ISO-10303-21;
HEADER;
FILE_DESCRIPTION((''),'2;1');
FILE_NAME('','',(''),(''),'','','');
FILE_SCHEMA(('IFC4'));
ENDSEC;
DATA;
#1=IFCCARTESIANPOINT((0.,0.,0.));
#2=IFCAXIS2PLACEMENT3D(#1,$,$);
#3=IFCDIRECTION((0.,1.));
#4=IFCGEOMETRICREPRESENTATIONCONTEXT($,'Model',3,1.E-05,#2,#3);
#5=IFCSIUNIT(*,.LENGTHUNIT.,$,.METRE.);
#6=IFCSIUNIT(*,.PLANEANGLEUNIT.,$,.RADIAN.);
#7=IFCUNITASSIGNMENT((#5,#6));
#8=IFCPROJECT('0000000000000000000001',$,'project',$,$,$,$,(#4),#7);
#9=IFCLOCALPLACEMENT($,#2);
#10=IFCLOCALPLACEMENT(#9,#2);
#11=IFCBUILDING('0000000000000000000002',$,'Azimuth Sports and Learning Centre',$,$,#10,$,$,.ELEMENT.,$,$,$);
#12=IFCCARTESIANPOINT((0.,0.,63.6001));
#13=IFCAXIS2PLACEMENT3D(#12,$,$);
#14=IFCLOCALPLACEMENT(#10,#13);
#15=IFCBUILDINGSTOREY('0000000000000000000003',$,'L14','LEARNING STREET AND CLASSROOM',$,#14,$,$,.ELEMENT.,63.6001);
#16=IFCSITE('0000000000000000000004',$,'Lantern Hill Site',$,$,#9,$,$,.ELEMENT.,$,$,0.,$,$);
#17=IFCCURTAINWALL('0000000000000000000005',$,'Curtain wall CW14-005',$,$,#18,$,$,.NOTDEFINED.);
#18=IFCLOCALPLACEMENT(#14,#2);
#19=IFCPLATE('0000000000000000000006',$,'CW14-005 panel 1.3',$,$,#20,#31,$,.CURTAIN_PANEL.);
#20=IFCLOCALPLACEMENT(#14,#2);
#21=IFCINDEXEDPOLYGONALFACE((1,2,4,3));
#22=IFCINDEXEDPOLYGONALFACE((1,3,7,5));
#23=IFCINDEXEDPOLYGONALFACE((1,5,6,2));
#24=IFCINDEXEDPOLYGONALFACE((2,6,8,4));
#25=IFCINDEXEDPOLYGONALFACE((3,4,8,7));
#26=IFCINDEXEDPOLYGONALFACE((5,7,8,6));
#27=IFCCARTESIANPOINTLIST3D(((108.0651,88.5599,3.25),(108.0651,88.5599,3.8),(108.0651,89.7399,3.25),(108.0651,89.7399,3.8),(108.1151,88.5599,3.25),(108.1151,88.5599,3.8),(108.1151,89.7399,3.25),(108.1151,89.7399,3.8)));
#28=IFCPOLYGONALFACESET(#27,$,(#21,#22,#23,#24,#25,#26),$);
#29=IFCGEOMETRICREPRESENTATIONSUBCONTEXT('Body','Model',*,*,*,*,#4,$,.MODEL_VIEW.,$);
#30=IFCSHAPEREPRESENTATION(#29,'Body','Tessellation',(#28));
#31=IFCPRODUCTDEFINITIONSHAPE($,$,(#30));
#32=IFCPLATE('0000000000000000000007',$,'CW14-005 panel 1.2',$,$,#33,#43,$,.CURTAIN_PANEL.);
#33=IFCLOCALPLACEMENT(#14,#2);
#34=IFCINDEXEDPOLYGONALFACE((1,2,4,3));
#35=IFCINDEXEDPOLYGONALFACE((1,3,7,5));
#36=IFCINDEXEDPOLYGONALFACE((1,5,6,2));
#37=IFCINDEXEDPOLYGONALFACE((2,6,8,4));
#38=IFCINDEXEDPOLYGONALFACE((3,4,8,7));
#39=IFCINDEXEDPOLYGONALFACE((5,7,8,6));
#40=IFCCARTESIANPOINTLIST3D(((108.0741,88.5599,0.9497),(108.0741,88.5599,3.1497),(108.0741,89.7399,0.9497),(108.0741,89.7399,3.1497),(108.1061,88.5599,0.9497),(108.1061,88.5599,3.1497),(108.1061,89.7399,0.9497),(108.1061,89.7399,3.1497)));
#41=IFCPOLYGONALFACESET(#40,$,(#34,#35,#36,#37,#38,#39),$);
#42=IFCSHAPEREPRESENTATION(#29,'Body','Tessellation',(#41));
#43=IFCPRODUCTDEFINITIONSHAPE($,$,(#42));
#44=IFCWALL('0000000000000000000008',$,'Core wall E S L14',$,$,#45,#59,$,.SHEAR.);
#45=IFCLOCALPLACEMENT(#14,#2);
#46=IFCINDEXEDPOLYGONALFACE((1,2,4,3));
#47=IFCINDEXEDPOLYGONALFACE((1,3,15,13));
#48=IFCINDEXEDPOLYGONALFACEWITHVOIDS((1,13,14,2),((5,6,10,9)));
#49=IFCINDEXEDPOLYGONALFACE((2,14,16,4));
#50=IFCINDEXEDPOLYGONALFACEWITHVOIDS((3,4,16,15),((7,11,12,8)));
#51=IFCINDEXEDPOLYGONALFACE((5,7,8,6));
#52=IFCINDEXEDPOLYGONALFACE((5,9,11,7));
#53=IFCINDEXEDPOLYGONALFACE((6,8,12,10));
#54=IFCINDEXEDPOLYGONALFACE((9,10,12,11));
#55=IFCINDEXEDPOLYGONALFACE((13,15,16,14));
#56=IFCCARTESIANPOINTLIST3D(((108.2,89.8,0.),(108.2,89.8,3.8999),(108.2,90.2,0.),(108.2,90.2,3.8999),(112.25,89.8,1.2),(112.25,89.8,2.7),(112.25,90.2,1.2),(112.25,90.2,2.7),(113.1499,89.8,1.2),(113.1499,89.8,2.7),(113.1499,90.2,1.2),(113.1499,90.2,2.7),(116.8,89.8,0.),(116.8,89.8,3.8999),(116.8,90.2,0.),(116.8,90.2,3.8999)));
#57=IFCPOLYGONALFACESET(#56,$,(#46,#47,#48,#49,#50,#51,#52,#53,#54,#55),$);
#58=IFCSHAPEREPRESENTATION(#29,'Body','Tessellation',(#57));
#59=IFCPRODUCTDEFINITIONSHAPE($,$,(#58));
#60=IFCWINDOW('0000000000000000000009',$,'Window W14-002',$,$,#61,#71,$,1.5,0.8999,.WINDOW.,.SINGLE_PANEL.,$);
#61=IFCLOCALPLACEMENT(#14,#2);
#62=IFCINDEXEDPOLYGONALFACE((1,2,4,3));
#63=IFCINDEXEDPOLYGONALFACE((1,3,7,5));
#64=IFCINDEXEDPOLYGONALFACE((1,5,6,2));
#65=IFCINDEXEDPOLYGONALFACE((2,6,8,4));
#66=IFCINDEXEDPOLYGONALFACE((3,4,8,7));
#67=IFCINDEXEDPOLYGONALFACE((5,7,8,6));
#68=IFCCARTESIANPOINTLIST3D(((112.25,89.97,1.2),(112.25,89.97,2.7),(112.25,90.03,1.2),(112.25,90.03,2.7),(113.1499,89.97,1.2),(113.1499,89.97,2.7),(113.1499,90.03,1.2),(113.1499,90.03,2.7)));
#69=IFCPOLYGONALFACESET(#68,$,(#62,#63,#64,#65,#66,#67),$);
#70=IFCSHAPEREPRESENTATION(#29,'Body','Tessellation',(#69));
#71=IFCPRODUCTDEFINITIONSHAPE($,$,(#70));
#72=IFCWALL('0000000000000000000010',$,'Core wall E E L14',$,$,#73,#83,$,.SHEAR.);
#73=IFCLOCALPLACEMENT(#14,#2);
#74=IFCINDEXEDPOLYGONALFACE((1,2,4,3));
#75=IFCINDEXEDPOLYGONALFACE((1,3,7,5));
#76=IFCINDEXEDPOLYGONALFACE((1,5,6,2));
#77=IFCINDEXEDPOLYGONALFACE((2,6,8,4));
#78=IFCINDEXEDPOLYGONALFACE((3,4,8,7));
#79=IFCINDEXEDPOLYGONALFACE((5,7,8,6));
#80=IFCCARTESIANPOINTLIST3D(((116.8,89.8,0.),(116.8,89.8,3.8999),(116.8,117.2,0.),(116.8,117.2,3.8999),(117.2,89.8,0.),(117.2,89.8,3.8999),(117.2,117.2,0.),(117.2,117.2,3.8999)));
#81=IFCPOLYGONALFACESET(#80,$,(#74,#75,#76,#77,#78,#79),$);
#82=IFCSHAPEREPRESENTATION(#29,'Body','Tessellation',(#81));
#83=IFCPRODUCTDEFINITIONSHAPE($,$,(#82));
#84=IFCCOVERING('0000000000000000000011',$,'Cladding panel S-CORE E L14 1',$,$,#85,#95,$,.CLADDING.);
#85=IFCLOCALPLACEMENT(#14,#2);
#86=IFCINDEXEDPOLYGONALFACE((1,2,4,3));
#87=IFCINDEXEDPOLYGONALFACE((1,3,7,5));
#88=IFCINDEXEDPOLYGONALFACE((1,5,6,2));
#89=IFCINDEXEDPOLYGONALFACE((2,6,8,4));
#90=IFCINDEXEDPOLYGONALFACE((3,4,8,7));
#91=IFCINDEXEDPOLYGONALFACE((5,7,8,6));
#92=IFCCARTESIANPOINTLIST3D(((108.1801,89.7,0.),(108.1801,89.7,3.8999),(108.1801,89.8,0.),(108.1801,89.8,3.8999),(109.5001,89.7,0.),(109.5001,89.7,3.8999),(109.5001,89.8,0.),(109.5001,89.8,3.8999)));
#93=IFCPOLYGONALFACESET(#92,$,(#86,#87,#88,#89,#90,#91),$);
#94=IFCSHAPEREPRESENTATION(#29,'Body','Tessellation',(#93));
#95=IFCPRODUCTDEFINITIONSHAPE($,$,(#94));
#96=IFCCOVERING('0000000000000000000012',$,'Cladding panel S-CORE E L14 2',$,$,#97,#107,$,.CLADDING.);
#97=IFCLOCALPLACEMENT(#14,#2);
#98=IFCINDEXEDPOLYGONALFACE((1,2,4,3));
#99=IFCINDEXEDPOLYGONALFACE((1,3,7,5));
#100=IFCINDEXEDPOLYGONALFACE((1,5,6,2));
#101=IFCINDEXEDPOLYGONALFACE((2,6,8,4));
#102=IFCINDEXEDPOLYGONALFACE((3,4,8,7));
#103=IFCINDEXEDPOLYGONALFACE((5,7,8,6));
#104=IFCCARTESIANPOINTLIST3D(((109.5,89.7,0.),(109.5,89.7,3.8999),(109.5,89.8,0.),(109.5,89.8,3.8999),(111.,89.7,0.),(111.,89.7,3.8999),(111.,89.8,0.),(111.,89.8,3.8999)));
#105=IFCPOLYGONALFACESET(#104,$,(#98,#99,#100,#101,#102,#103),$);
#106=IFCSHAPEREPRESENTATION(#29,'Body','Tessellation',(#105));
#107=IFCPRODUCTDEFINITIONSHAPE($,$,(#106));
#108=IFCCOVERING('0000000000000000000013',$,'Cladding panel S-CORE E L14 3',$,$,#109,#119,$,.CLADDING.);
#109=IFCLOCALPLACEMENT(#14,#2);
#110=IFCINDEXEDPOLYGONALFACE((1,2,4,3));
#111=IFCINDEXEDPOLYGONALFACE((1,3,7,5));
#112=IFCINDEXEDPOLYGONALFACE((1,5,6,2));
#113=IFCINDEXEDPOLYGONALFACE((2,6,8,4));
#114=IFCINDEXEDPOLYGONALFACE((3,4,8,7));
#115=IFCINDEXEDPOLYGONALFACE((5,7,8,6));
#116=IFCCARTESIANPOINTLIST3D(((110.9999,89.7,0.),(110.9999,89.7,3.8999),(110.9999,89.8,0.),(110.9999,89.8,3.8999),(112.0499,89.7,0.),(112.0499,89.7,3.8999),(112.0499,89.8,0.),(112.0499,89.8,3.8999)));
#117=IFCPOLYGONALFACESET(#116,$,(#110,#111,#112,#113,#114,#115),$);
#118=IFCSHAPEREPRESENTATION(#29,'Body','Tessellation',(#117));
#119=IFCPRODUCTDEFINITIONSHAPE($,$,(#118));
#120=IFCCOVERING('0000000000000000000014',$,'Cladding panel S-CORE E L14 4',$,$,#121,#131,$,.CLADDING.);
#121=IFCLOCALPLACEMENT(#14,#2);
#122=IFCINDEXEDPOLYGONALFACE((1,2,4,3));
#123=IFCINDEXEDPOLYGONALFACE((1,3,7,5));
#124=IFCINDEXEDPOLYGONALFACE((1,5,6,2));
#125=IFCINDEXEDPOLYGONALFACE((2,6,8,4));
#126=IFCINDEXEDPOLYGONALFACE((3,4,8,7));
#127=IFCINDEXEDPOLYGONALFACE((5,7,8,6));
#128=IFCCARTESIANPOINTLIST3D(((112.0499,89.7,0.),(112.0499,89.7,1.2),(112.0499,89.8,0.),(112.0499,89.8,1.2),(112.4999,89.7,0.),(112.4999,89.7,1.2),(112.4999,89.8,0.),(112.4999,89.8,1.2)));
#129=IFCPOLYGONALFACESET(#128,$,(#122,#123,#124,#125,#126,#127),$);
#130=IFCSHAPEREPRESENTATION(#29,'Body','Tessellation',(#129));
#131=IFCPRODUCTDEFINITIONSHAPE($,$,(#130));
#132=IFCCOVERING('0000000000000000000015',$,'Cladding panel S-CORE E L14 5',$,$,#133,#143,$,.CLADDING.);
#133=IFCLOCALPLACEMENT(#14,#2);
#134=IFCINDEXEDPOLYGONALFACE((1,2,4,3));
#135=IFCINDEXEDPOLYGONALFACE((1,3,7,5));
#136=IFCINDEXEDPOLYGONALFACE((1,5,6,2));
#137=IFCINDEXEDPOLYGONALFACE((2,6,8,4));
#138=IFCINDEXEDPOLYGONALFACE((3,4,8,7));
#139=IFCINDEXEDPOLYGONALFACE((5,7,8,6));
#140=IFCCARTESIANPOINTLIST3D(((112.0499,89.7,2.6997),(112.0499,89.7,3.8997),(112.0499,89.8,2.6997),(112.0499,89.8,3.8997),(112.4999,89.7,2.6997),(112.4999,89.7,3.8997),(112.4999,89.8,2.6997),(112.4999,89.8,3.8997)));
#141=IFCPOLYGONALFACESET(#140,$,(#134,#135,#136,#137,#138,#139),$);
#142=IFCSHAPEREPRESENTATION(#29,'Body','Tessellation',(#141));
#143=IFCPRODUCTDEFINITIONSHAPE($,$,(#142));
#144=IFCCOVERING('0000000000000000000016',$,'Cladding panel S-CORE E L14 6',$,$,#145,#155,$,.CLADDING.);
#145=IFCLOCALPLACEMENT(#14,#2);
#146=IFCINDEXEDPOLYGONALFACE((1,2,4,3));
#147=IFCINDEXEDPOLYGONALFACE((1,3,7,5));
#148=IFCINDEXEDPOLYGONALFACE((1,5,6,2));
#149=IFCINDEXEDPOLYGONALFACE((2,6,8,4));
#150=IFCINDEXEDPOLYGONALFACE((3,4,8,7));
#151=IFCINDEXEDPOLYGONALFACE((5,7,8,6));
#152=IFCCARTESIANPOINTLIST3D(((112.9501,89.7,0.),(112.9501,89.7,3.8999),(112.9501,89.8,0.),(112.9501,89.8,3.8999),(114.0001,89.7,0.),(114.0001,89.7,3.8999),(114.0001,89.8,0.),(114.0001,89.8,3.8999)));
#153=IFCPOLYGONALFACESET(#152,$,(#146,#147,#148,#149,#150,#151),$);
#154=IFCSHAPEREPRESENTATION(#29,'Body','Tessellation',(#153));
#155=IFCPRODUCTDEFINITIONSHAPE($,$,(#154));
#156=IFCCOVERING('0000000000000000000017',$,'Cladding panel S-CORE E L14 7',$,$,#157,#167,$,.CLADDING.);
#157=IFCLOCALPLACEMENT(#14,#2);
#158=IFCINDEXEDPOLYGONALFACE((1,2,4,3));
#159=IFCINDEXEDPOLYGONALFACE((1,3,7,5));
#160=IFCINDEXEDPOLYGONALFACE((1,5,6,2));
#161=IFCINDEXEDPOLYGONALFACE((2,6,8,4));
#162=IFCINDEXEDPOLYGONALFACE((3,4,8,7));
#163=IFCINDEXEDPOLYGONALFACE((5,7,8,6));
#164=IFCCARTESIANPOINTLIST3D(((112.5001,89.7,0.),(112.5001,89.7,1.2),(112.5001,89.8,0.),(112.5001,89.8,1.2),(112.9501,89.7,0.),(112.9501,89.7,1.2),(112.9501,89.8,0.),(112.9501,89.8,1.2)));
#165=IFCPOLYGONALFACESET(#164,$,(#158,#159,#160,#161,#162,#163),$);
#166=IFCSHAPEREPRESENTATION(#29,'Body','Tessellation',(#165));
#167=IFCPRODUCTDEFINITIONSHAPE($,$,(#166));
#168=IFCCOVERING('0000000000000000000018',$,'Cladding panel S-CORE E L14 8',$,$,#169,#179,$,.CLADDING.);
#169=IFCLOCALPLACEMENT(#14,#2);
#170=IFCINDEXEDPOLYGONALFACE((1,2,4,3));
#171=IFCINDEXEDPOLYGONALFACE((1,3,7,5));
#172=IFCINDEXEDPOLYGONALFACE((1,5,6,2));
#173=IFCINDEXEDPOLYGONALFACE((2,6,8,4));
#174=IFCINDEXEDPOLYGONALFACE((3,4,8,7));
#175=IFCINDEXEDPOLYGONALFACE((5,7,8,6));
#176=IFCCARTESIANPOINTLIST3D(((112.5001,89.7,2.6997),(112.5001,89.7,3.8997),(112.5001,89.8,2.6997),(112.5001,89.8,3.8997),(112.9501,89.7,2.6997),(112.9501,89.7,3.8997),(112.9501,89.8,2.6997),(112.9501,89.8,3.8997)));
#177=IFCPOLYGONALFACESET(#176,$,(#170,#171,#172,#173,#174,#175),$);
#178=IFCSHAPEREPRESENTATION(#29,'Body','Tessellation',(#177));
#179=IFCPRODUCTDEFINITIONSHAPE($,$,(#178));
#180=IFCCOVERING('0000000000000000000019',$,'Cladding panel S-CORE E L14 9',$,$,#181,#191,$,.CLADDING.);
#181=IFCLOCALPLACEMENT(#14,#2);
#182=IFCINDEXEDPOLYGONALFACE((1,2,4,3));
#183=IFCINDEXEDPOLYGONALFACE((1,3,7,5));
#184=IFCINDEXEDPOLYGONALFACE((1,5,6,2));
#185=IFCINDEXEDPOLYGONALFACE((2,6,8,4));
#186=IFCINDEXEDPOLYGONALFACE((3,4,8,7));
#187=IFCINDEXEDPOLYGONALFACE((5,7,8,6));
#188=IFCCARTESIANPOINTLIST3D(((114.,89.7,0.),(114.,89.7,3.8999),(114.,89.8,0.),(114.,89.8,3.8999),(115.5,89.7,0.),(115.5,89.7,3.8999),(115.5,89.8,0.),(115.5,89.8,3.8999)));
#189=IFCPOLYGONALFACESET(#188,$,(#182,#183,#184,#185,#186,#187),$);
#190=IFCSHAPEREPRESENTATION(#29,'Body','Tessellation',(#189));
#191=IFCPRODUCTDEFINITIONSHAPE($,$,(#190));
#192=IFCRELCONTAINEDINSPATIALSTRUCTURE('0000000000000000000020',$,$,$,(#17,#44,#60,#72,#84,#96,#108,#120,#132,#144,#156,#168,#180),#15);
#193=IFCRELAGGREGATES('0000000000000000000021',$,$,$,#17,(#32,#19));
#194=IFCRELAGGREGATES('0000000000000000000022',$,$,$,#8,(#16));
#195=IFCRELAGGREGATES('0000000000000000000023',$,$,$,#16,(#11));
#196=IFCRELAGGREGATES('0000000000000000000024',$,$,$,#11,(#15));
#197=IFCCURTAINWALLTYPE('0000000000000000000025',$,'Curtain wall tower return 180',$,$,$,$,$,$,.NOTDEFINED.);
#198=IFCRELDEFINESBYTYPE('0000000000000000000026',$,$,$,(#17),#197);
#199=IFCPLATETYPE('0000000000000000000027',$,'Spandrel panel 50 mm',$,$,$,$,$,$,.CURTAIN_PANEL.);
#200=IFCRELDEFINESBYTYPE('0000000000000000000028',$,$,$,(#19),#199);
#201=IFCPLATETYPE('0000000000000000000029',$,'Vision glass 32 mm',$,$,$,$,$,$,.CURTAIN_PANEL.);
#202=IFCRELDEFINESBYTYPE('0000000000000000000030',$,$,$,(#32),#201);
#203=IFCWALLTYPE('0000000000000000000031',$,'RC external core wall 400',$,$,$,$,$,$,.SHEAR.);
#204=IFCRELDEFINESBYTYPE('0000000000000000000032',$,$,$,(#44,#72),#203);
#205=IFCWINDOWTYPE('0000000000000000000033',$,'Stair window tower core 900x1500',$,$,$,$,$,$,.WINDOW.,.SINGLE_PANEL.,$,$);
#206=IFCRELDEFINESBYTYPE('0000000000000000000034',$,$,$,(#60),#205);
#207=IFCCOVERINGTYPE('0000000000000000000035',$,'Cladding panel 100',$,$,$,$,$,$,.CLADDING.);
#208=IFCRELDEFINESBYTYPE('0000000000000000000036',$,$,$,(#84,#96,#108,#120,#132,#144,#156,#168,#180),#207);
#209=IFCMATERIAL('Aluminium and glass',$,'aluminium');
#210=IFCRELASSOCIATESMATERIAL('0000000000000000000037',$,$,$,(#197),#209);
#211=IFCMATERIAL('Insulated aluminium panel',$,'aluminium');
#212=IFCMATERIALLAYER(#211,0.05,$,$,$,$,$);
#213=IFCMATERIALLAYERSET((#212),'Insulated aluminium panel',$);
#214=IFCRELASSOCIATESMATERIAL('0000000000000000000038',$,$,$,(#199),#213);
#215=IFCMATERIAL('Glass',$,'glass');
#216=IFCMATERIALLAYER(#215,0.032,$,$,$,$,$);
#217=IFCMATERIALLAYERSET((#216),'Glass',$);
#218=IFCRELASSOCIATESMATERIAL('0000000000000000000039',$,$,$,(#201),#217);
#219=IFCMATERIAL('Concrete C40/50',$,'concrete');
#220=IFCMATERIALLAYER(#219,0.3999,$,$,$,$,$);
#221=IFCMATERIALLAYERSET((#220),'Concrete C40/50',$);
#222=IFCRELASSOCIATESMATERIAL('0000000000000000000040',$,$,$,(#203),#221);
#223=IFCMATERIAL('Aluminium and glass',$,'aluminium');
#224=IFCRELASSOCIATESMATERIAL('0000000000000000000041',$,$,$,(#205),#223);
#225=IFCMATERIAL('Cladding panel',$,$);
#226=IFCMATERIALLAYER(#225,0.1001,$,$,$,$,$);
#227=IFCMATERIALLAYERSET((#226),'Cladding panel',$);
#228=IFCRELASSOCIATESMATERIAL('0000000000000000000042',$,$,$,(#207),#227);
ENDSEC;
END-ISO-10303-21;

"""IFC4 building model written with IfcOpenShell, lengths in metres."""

from ifc_helpers import new_model, si_unit, direction, frame, frame_2d, origin, origin_2d, place, context, subcontext, project, spatial, rectangle, extrude, material, layer, layer_set, type_object, element, fill, aggregate, save


model = new_model("IFC4")

# Units and contexts
model_context = context("Model", 3, precision=1e-05, world=origin(), true_north=direction((0.0, 1.0)))
body_context = subcontext(model_context, "Body", "Model", "MODEL_VIEW")
ifc_project = project(units=[si_unit("LENGTHUNIT", "METRE"), si_unit("PLANEANGLEUNIT", "RADIAN")], contexts=[model_context])

# Site, building, storey
site_placement = place(None, origin())
site = spatial("IfcSite", under=ifc_project, at=site_placement, Name="Lantern Hill Site", CompositionType="ELEMENT", RefElevation=0.0)
building_placement = place(site_placement, origin())
building = spatial("IfcBuilding", under=site, at=building_placement, Name="Azimuth Sports and Learning Centre", CompositionType="ELEMENT")
storey_placement = place(building_placement, frame((0.0, 0.0, 63.6001)))
storey = spatial("IfcBuildingStorey", under=building, at=storey_placement, Name="L14", Description="LEARNING STREET AND CLASSROOM", CompositionType="ELEMENT", Elevation=63.6001)

# Curtain wall, plates
ifc_material_1 = material(Name="Aluminium and glass", Category="aluminium")
curtain_wall_type = type_object("IfcCurtainWallType", Name="Curtain wall tower return 180", PredefinedType="NOTDEFINED", material=ifc_material_1)
curtain_wall_placement = place(storey_placement, origin())
curtain_wall = element("IfcCurtainWall", 1, at=curtain_wall_placement, inside=storey, type_object=curtain_wall_type, Name="Curtain wall CW14-005", PredefinedType="NOTDEFINED")
ifc_material_2 = material(Name="Insulated aluminium panel", Category="aluminium")
ifc_layer_1 = layer(ifc_material_2, 0.05)
ifc_layer_set_1 = layer_set([ifc_layer_1], Name="Insulated aluminium panel")
plate_type_1 = type_object("IfcPlateType", Name="Spandrel panel 50 mm", PredefinedType="CURTAIN_PANEL", material=ifc_layer_set_1)
plate_1_placement = place(storey_placement, frame((108.0901, 89.1499, 3.25), z_axis=(0.0, 0.0, 1.0), x_axis=(0.0, 1.0, 0.0)))
plate_1 = element("IfcPlate", 2, at=plate_1_placement, type_object=plate_type_1, Name="CW14-005 panel 1.3", PredefinedType="CURTAIN_PANEL", context=body_context, shape_type="SweptSolid", body=[
    extrude(rectangle(XDim=1.1799, YDim=0.05, at=origin_2d()), origin(), (0.0, 0.0, 1.0), 0.55),
])
ifc_material_3 = material(Name="Glass", Category="glass")
ifc_layer_2 = layer(ifc_material_3, 0.032)
ifc_layer_set_2 = layer_set([ifc_layer_2], Name="Glass")
plate_type_2 = type_object("IfcPlateType", Name="Vision glass 32 mm", PredefinedType="CURTAIN_PANEL", material=ifc_layer_set_2)
plate_2_placement = place(storey_placement, frame((108.0901, 89.1499, 0.9497), z_axis=(0.0, 0.0, 1.0), x_axis=(0.0, 1.0, 0.0)))
plate_2 = element("IfcPlate", 3, at=plate_2_placement, type_object=plate_type_2, Name="CW14-005 panel 1.2", PredefinedType="CURTAIN_PANEL", context=body_context, shape_type="SweptSolid", body=[
    extrude(rectangle(XDim=1.1799, YDim=0.032, at=origin_2d()), origin(), (0.0, 0.0, 1.0), 2.2),
])
aggregate(curtain_wall, [plate_2, plate_1])

# Wall, opening, window
ifc_material_4 = material(Name="Concrete C40/50", Category="concrete")
ifc_layer_3 = layer(ifc_material_4, 0.3999)
ifc_layer_set_3 = layer_set([ifc_layer_3], Name="Concrete C40/50")
wall_type = type_object("IfcWallType", Name="RC external core wall 400", PredefinedType="SHEAR", material=ifc_layer_set_3)
wall_1_placement = place(storey_placement, frame((108.2, 90.0, 0.0), z_axis=(0.0, 0.0, 1.0), x_axis=(1.0, 0.0, 0.0)))
wall_1 = element("IfcWall", 4, at=wall_1_placement, inside=storey, type_object=wall_type, Name="Core wall E S L14", PredefinedType="SHEAR", context=body_context, shape_type="SweptSolid", body=[
    extrude(rectangle(XDim=8.6001, YDim=0.3999, at=frame_2d((4.3, 0.0))), origin(), (0.0, 0.0, 1.0), 3.8999),
])
opening_placement = place(wall_1_placement, frame((4.05, 0.0, 1.2)))
opening = element("IfcOpeningElement", 5, at=opening_placement, cuts=wall_1, PredefinedType="OPENING", context=body_context, shape_type="SweptSolid", body=[
    extrude(rectangle(XDim=0.8999, YDim=1.5, at=frame_2d((0.45, 0.75))), frame((0.0, 0.2109, 0.0), z_axis=(0.0, -1.0, 0.0), x_axis=(1.0, 0.0, 0.0)), (0.0, 0.0, 1.0), 0.4219),
])
ifc_material_5 = material(Name="Aluminium and glass", Category="aluminium")
window_type = type_object("IfcWindowType", Name="Stair window tower core 900x1500", PartitioningType="SINGLE_PANEL", PredefinedType="WINDOW", material=ifc_material_5)
window_placement = place(opening_placement, origin())
window = element("IfcWindow", 6, at=window_placement, inside=storey, type_object=window_type, Name="Window W14-002", OverallHeight=1.5, OverallWidth=0.8999, PartitioningType="SINGLE_PANEL", PredefinedType="WINDOW", context=body_context, shape_type="SweptSolid", body=[
    extrude(rectangle(XDim=0.8999, YDim=1.5, at=frame_2d((0.45, 0.75))), frame((0.0, 0.03, 0.0), z_axis=(0.0, -1.0, 0.0), x_axis=(1.0, 0.0, 0.0)), (0.0, 0.0, 1.0), 0.0601),
])
fill(opening, window)

# Wall
wall_2_placement = place(storey_placement, frame((117.0, 89.8, 0.0), z_axis=(0.0, 0.0, 1.0), x_axis=(0.0, 1.0, 0.0)))
element("IfcWall", 7, at=wall_2_placement, inside=storey, type_object=wall_type, Name="Core wall E E L14", PredefinedType="SHEAR", context=body_context, shape_type="SweptSolid", body=[
    extrude(rectangle(XDim=27.3999, YDim=0.3999, at=frame_2d((13.7, 0.0))), origin(), (0.0, 0.0, 1.0), 3.8999),
])

# Coverings
ifc_material_6 = material(Name="Cladding panel")
ifc_layer_4 = layer(ifc_material_6, 0.1001)
ifc_layer_set_4 = layer_set([ifc_layer_4], Name="Cladding panel")
covering_type = type_object("IfcCoveringType", Name="Cladding panel 100", PredefinedType="CLADDING", material=ifc_layer_set_4)
covering_1_placement = place(storey_placement, frame((108.8401, 89.75, 0.0), z_axis=(0.0, 0.0, 1.0), x_axis=(1.0, 0.0, 0.0)))
element("IfcCovering", 8, at=covering_1_placement, inside=storey, type_object=covering_type, Name="Cladding panel S-CORE E L14 1", PredefinedType="CLADDING", context=body_context, shape_type="SweptSolid", body=[
    extrude(rectangle(XDim=1.3201, YDim=0.1001, at=origin_2d()), origin(), (0.0, 0.0, 1.0), 3.8999),
])
covering_2_placement = place(storey_placement, frame((110.25, 89.75, 0.0), z_axis=(0.0, 0.0, 1.0), x_axis=(1.0, 0.0, 0.0)))
element("IfcCovering", 9, at=covering_2_placement, inside=storey, type_object=covering_type, Name="Cladding panel S-CORE E L14 2", PredefinedType="CLADDING", context=body_context, shape_type="SweptSolid", body=[
    extrude(rectangle(XDim=1.5, YDim=0.1001, at=origin_2d()), origin(), (0.0, 0.0, 1.0), 3.8999),
])
covering_3_placement = place(storey_placement, frame((111.5249, 89.75, 0.0), z_axis=(0.0, 0.0, 1.0), x_axis=(1.0, 0.0, 0.0)))
element("IfcCovering", 10, at=covering_3_placement, inside=storey, type_object=covering_type, Name="Cladding panel S-CORE E L14 3", PredefinedType="CLADDING", context=body_context, shape_type="SweptSolid", body=[
    extrude(rectangle(XDim=1.05, YDim=0.1001, at=origin_2d()), origin(), (0.0, 0.0, 1.0), 3.8999),
])
for number, where, z_axis, x_axis, name in (
    (11, (112.2749, 89.75, 0.0), (0.0, 0.0, 1.0), (1.0, 0.0, 0.0), "Cladding panel S-CORE E L14 4"),
    (12, (112.2749, 89.75, 2.6997), (0.0, 0.0, 1.0), (1.0, 0.0, 0.0), "Cladding panel S-CORE E L14 5"),
):
    element("IfcCovering", number, at=place(storey_placement, frame(where, z_axis=z_axis, x_axis=x_axis)), inside=storey, type_object=covering_type, Name=name, PredefinedType="CLADDING", context=body_context, shape_type="SweptSolid", body=[
        extrude(rectangle(XDim=0.45, YDim=0.1001, at=origin_2d()), origin(), (0.0, 0.0, 1.0), 1.2),
    ])
covering_4_placement = place(storey_placement, frame((113.4751, 89.75, 0.0), z_axis=(0.0, 0.0, 1.0), x_axis=(1.0, 0.0, 0.0)))
element("IfcCovering", 13, at=covering_4_placement, inside=storey, type_object=covering_type, Name="Cladding panel S-CORE E L14 6", PredefinedType="CLADDING", context=body_context, shape_type="SweptSolid", body=[
    extrude(rectangle(XDim=1.05, YDim=0.1001, at=origin_2d()), origin(), (0.0, 0.0, 1.0), 3.8999),
])
for number, where, z_axis, x_axis, name in (
    (14, (112.7251, 89.75, 0.0), (0.0, 0.0, 1.0), (1.0, 0.0, 0.0), "Cladding panel S-CORE E L14 7"),
    (15, (112.7251, 89.75, 2.6997), (0.0, 0.0, 1.0), (1.0, 0.0, 0.0), "Cladding panel S-CORE E L14 8"),
):
    element("IfcCovering", number, at=place(storey_placement, frame(where, z_axis=z_axis, x_axis=x_axis)), inside=storey, type_object=covering_type, Name=name, PredefinedType="CLADDING", context=body_context, shape_type="SweptSolid", body=[
        extrude(rectangle(XDim=0.45, YDim=0.1001, at=origin_2d()), origin(), (0.0, 0.0, 1.0), 1.2),
    ])
covering_5_placement = place(storey_placement, frame((114.75, 89.75, 0.0), z_axis=(0.0, 0.0, 1.0), x_axis=(1.0, 0.0, 0.0)))
element("IfcCovering", 16, at=covering_5_placement, inside=storey, type_object=covering_type, Name="Cladding panel S-CORE E L14 9", PredefinedType="CLADDING", context=body_context, shape_type="SweptSolid", body=[
    extrude(rectangle(XDim=1.5, YDim=0.1001, at=origin_2d()), origin(), (0.0, 0.0, 1.0), 3.8999),
])

save(model, "model.ifc")
